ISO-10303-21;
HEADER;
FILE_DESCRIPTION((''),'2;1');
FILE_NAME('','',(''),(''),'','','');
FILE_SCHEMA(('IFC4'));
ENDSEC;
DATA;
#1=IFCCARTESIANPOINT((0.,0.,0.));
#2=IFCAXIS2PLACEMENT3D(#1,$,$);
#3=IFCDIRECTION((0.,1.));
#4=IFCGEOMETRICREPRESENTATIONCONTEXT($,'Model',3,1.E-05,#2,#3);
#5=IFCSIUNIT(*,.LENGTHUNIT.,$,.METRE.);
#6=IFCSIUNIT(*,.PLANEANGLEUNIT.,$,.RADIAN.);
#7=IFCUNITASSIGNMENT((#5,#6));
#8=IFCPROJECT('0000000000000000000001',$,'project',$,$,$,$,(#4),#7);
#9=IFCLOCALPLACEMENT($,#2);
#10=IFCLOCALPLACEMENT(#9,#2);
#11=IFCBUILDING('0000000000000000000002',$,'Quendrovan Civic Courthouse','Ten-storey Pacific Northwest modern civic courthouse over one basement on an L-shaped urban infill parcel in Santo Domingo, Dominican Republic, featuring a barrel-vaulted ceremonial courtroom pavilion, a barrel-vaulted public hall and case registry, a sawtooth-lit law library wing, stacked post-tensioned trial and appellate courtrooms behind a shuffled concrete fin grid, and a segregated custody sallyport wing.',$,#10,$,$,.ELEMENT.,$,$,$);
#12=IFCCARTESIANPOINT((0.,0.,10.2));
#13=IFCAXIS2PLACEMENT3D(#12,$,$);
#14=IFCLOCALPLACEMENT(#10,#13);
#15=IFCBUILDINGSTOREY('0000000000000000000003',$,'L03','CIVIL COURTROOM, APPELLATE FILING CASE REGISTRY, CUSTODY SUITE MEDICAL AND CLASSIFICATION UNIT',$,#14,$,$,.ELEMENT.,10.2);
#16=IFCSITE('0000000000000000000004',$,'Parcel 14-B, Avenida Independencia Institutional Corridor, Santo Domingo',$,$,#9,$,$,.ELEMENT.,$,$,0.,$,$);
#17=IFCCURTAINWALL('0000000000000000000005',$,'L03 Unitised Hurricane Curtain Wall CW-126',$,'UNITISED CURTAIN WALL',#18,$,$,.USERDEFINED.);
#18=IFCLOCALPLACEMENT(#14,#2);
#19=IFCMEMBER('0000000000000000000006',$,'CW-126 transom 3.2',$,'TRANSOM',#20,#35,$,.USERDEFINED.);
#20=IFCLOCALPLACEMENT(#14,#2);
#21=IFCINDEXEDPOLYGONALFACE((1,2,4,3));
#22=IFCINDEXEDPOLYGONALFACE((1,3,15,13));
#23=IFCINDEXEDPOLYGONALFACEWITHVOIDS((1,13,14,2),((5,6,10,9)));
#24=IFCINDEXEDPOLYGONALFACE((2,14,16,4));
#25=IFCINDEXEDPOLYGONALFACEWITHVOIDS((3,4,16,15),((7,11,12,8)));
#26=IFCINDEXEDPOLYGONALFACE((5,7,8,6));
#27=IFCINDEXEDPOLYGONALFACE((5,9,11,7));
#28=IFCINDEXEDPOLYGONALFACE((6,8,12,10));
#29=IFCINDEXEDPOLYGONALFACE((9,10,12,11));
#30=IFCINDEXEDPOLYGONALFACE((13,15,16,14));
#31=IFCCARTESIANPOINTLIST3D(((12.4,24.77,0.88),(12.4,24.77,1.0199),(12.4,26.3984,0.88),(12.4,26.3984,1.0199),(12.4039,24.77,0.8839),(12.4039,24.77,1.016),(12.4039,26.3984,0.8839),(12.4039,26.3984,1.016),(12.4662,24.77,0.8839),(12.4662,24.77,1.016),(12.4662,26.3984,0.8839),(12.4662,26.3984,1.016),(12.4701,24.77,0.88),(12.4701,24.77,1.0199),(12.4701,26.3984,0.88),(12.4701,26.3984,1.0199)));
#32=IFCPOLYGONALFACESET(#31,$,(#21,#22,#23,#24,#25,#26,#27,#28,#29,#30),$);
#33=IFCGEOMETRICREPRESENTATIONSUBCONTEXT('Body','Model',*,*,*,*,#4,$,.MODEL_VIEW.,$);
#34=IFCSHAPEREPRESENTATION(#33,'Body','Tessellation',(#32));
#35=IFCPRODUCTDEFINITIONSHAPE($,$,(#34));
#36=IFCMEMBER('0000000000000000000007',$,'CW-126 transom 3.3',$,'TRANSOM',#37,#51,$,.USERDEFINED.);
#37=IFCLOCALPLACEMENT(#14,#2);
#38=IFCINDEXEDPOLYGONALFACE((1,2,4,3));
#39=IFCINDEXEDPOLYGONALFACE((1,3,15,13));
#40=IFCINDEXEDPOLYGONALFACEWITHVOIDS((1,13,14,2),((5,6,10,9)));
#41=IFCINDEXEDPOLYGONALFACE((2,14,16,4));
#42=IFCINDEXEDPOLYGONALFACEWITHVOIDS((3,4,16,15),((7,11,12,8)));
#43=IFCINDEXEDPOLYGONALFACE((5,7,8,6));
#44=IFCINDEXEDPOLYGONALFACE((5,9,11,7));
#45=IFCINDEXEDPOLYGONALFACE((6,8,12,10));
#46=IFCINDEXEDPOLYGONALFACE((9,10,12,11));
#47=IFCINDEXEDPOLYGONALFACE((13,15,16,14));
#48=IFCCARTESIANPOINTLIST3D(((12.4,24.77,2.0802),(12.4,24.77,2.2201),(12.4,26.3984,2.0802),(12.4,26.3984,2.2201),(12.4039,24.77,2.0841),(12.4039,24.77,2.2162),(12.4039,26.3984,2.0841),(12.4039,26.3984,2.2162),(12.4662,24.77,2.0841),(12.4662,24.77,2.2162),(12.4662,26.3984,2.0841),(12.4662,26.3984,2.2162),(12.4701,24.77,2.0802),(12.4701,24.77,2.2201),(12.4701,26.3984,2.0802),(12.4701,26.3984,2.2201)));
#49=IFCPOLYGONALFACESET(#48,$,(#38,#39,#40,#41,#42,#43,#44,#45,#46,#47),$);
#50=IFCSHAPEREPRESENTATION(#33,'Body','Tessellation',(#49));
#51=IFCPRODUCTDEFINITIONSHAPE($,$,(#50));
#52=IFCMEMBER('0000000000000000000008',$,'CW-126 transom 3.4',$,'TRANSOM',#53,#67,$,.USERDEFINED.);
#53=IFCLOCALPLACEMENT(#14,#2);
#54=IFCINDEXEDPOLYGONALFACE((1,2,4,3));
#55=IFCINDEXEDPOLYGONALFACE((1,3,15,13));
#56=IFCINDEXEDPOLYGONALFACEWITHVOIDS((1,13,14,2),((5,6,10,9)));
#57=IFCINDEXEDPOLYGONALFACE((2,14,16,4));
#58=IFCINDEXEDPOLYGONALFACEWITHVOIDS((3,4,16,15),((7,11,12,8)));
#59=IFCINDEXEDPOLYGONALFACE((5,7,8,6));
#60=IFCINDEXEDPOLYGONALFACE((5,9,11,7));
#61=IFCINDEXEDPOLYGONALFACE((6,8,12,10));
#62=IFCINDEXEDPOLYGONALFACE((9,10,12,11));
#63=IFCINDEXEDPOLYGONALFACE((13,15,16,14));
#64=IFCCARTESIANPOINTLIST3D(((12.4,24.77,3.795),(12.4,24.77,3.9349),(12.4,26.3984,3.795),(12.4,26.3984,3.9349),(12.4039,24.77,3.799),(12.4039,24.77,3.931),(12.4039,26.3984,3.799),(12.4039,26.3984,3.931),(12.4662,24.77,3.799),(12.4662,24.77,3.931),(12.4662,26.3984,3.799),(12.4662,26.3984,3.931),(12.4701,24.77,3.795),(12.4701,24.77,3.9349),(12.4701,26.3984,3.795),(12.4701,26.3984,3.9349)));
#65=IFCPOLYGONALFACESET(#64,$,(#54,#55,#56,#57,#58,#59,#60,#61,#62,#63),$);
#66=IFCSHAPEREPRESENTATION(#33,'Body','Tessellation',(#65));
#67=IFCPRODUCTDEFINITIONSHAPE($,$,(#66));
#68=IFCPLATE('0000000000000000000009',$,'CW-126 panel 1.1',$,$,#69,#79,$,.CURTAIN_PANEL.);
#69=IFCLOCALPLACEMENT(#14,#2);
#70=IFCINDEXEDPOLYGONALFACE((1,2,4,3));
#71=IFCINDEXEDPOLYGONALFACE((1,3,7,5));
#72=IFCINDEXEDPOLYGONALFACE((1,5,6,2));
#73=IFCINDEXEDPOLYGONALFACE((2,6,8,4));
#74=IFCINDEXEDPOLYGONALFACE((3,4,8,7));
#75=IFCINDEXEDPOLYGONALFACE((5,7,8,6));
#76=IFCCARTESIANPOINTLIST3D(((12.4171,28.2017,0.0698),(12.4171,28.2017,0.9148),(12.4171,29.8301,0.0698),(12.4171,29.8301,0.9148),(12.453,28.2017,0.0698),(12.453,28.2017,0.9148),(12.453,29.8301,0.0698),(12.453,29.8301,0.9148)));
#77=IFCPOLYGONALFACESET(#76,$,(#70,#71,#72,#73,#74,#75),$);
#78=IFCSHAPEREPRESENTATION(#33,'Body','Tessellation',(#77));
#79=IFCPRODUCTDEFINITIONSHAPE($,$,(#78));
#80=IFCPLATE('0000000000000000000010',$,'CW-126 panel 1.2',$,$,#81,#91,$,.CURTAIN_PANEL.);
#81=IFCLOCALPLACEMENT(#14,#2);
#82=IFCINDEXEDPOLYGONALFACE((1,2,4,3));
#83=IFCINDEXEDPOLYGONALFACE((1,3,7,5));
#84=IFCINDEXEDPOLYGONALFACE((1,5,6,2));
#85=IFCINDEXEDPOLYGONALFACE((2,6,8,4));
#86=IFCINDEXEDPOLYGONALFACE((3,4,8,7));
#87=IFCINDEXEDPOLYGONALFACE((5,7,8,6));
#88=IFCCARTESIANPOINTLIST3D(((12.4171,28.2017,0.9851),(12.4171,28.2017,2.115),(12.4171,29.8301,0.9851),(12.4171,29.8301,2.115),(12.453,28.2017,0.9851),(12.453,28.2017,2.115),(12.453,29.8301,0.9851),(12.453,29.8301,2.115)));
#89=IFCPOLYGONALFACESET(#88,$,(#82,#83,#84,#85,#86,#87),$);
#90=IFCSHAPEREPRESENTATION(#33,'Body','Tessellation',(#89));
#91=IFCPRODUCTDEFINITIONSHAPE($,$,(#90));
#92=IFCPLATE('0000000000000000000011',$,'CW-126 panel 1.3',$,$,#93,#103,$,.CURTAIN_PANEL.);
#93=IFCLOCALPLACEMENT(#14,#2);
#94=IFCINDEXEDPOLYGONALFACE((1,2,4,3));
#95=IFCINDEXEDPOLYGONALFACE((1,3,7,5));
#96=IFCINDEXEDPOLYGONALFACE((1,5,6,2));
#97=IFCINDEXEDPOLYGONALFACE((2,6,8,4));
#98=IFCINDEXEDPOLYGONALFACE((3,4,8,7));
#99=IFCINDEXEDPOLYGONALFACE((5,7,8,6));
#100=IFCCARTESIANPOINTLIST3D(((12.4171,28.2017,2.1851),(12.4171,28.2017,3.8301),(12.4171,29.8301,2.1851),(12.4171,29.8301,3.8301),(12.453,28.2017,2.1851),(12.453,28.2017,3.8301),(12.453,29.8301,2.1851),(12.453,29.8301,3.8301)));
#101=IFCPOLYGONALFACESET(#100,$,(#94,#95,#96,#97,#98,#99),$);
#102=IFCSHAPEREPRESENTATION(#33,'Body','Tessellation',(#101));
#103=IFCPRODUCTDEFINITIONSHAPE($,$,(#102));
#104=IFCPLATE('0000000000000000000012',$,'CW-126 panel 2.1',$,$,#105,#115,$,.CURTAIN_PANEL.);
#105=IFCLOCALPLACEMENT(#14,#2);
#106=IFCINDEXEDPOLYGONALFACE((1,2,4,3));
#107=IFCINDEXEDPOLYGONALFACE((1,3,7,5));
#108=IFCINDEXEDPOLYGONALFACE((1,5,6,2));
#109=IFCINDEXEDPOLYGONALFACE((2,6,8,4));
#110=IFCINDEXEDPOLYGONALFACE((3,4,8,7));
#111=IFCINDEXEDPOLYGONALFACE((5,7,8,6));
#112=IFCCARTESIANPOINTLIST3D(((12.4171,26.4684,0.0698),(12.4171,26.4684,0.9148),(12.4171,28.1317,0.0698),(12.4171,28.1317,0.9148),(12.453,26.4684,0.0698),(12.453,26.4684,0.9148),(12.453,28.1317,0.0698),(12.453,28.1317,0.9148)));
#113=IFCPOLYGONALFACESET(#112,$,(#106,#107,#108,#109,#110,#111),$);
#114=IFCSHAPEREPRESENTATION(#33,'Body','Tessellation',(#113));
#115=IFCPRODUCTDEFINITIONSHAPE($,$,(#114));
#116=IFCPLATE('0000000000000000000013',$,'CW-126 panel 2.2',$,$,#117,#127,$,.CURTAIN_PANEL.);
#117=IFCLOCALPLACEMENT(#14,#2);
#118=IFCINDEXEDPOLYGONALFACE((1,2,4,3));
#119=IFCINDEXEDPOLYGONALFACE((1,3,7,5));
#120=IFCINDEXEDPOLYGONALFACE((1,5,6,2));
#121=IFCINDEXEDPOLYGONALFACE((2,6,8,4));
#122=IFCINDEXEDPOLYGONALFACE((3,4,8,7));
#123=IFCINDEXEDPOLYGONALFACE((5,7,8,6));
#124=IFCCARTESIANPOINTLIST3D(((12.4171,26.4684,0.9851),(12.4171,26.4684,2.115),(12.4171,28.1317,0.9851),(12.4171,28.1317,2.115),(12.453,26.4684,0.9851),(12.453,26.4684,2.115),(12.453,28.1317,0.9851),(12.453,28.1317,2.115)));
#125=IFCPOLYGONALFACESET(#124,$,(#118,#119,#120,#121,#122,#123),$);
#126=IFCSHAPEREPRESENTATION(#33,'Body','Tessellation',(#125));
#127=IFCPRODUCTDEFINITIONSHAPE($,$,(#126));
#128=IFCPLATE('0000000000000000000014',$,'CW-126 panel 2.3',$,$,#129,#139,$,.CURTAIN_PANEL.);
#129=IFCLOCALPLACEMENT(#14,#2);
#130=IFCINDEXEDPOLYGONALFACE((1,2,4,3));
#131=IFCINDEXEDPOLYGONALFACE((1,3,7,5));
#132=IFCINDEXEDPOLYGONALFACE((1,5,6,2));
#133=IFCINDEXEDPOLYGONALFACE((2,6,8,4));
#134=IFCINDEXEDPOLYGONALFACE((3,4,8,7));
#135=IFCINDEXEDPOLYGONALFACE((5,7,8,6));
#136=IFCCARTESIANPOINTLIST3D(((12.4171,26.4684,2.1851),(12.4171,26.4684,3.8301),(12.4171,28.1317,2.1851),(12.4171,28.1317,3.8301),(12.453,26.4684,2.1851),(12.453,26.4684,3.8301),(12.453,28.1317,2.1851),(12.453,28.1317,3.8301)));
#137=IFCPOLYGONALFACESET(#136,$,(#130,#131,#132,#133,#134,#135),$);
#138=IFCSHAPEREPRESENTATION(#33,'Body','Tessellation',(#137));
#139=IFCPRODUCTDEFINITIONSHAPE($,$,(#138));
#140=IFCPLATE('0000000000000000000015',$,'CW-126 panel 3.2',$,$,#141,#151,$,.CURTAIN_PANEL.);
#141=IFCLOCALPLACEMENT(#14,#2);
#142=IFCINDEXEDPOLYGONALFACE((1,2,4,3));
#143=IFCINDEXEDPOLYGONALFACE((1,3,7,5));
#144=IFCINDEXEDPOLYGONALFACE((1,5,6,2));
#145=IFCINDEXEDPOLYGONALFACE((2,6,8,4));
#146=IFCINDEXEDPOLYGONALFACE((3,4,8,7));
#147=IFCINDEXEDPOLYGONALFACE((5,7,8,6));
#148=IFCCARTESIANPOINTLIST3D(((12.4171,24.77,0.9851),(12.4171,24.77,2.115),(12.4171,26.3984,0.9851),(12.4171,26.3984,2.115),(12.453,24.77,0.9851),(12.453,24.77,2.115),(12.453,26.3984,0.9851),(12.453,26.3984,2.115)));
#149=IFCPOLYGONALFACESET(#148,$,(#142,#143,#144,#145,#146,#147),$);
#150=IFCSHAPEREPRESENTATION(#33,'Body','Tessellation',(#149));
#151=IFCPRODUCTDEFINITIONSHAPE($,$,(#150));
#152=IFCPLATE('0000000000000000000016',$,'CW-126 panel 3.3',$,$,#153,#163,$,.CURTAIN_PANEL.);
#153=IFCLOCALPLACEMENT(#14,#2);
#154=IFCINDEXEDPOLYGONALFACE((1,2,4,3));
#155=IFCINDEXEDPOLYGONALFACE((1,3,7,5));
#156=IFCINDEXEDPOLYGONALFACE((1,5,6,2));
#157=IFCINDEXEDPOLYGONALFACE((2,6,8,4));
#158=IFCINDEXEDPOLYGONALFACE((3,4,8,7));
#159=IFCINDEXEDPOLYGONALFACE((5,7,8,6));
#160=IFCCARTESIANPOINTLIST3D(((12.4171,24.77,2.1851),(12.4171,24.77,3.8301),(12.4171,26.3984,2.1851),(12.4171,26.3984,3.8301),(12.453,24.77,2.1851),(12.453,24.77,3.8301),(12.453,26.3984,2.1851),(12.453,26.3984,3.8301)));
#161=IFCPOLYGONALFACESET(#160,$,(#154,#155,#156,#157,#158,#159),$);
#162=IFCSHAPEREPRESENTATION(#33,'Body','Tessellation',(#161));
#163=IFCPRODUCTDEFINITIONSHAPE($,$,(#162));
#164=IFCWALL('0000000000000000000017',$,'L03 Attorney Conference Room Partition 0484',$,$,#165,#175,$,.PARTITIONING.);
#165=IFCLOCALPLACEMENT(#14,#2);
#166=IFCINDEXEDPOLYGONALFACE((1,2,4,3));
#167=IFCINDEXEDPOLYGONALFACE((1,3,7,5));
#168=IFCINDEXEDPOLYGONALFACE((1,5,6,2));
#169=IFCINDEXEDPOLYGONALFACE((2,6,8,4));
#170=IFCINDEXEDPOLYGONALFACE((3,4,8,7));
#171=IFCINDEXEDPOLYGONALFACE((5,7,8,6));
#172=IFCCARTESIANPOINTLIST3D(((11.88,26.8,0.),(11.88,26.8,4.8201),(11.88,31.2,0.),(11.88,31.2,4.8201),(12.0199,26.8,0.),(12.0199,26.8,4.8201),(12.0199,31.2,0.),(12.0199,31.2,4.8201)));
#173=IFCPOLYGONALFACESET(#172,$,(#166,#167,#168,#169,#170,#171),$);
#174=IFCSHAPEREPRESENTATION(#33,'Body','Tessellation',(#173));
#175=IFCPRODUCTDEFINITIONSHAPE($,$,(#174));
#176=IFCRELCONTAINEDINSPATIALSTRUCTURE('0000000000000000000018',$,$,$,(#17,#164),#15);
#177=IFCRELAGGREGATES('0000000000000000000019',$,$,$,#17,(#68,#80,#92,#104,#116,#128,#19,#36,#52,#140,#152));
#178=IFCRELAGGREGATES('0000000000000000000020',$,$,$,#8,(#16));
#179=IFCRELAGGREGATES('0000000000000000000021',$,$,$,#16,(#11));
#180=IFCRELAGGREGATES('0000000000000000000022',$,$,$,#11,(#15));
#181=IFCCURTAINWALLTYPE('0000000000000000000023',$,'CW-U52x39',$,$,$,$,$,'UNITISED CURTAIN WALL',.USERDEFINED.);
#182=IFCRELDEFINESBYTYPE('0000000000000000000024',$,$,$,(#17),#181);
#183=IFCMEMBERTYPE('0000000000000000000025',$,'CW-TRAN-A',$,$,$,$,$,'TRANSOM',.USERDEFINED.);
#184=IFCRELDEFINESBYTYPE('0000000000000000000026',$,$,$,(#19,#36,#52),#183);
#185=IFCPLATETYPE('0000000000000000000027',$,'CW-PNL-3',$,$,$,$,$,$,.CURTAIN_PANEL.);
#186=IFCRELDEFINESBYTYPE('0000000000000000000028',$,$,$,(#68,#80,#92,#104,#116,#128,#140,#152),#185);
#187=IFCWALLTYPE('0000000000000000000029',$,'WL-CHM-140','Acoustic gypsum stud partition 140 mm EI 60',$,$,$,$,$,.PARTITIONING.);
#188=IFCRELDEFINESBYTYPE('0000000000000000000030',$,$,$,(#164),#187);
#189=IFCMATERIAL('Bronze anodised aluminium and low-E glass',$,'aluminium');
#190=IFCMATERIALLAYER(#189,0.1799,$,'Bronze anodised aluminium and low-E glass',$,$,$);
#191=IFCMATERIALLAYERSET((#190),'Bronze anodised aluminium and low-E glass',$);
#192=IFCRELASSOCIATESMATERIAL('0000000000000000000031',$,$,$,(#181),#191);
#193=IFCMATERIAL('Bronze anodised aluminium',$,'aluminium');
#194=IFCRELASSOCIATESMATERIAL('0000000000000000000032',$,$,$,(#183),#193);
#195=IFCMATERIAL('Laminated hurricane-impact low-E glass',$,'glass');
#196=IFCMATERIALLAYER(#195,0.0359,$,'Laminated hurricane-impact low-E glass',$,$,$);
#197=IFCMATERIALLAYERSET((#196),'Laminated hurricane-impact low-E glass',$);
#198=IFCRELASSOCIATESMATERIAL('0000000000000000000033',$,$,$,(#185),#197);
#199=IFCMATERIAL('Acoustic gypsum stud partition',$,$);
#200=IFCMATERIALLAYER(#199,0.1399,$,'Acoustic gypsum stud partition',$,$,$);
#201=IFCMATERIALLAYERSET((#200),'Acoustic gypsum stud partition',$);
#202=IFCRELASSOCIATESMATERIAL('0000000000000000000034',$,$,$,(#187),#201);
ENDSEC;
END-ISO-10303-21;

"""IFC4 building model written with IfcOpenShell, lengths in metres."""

from ifc_helpers import new_model, si_unit, direction, frame, frame_2d, origin, origin_2d, place, context, subcontext, project, spatial, rectangle, hollow_rectangle, extrude, material, layer, layer_set, material_profile, profile_set, type_object, element, aggregate, save


model = new_model("IFC4")

# Units and contexts
model_context = context("Model", 3, precision=1e-05, world=origin(), true_north=direction((0.0, 1.0)))
body_context = subcontext(model_context, "Body", "Model", "MODEL_VIEW")
ifc_project = project(units=[si_unit("LENGTHUNIT", "METRE"), si_unit("PLANEANGLEUNIT", "RADIAN")], contexts=[model_context])

# Site, building, storey
site_placement = place(None, origin())
site = spatial("IfcSite", under=ifc_project, at=site_placement, Name="Parcel 14-B, Avenida Independencia Institutional Corridor, Santo Domingo", CompositionType="ELEMENT", RefElevation=0.0)
building_placement = place(site_placement, origin())
building = spatial("IfcBuilding", under=site, at=building_placement, Name="Quendrovan Civic Courthouse", Description="Ten-storey Pacific Northwest modern civic courthouse over one basement on an L-shaped urban infill parcel in Santo Domingo, Dominican Republic, featuring a barrel-vaulted ceremonial courtroom pavilion, a barrel-vaulted public hall and case registry, a sawtooth-lit law library wing, stacked post-tensioned trial and appellate courtrooms behind a shuffled concrete fin grid, and a segregated custody sallyport wing.", CompositionType="ELEMENT")
storey_placement = place(building_placement, frame((0.0, 0.0, 10.2)))
storey = spatial("IfcBuildingStorey", under=building, at=storey_placement, Name="L03", Description="CIVIL COURTROOM, APPELLATE FILING CASE REGISTRY, CUSTODY SUITE MEDICAL AND CLASSIFICATION UNIT", CompositionType="ELEMENT", Elevation=10.2)

# Curtain wall, members, plates
ifc_material_1 = material(Name="Bronze anodised aluminium and low-E glass", Category="aluminium")
ifc_layer_1 = layer(ifc_material_1, 0.1799, Name="Bronze anodised aluminium and low-E glass")
ifc_layer_set_1 = layer_set([ifc_layer_1], Name="Bronze anodised aluminium and low-E glass")
curtain_wall_type = type_object("IfcCurtainWallType", Name="CW-U52x39", ElementType="UNITISED CURTAIN WALL", PredefinedType="USERDEFINED", material=ifc_layer_set_1)
curtain_wall_placement = place(storey_placement, origin())
curtain_wall = element("IfcCurtainWall", 1, at=curtain_wall_placement, inside=storey, type_object=curtain_wall_type, Name="L03 Unitised Hurricane Curtain Wall CW-126", ObjectType="UNITISED CURTAIN WALL", PredefinedType="USERDEFINED")
ifc_material_2 = material(Name="Bronze anodised aluminium", Category="aluminium")
ifc_material_profile_1 = material_profile(ifc_material_2, hollow_rectangle(XDim=0.0701, YDim=0.1399, WallThickness=0.0039, at=origin_2d()), Name="CW-TRAN-70x140")
ifc_profile_set_1 = profile_set([ifc_material_profile_1], Name="Bronze anodised aluminium")
member_type_1 = type_object("IfcMemberType", Name="CW-TRAN-A", ElementType="TRANSOM", PredefinedType="USERDEFINED", material=ifc_profile_set_1)
member_1_placement = place(storey_placement, frame((12.4351, 26.3984, 0.95), z_axis=(0.0, -1.0, 0.0), x_axis=(1.0, 0.0, 0.0)))
member_1 = element("IfcMember", 2, at=member_1_placement, type_object=member_type_1, Name="CW-126 transom 3.2", ObjectType="TRANSOM", PredefinedType="USERDEFINED", context=body_context, shape_type="SweptSolid", body=[
    extrude(hollow_rectangle(XDim=0.0701, YDim=0.1399, WallThickness=0.0039, at=origin_2d()), origin(), (0.0, 0.0, 1.0), 1.6284),
])
member_2_placement = place(storey_placement, frame((12.4351, 26.3984, 2.1501), z_axis=(0.0, -1.0, 0.0), x_axis=(1.0, 0.0, 0.0)))
member_2 = element("IfcMember", 3, at=member_2_placement, type_object=member_type_1, Name="CW-126 transom 3.3", ObjectType="TRANSOM", PredefinedType="USERDEFINED", context=body_context, shape_type="SweptSolid", body=[
    extrude(hollow_rectangle(XDim=0.0701, YDim=0.1399, WallThickness=0.0039, at=origin_2d()), origin(), (0.0, 0.0, 1.0), 1.6284),
])
member_3_placement = place(storey_placement, frame((12.4351, 26.3984, 3.865), z_axis=(0.0, -1.0, 0.0), x_axis=(1.0, 0.0, 0.0)))
member_3 = element("IfcMember", 4, at=member_3_placement, type_object=member_type_1, Name="CW-126 transom 3.4", ObjectType="TRANSOM", PredefinedType="USERDEFINED", context=body_context, shape_type="SweptSolid", body=[
    extrude(hollow_rectangle(XDim=0.0701, YDim=0.1399, WallThickness=0.0039, at=origin_2d()), origin(), (0.0, 0.0, 1.0), 1.6284),
])
ifc_material_3 = material(Name="Laminated hurricane-impact low-E glass", Category="glass")
ifc_layer_2 = layer(ifc_material_3, 0.0359, Name="Laminated hurricane-impact low-E glass")
ifc_layer_set_2 = layer_set([ifc_layer_2], Name="Laminated hurricane-impact low-E glass")
plate_type = type_object("IfcPlateType", Name="CW-PNL-3", PredefinedType="CURTAIN_PANEL", material=ifc_layer_set_2)
plate_1_placement = place(storey_placement, frame((12.4351, 29.0159, 0.0698), z_axis=(0.0, 0.0, 1.0), x_axis=(0.0, -1.0, 0.0)))
plate_1 = element("IfcPlate", 5, at=plate_1_placement, type_object=plate_type, Name="CW-126 panel 1.1", PredefinedType="CURTAIN_PANEL", context=body_context, shape_type="SweptSolid", body=[
    extrude(rectangle(XDim=1.6284, YDim=0.0359, at=origin_2d()), origin(), (0.0, 0.0, 1.0), 0.845),
])
plate_2_placement = place(storey_placement, frame((12.4351, 29.0159, 0.9851), z_axis=(0.0, 0.0, 1.0), x_axis=(0.0, -1.0, 0.0)))
plate_2 = element("IfcPlate", 6, at=plate_2_placement, type_object=plate_type, Name="CW-126 panel 1.2", PredefinedType="CURTAIN_PANEL", context=body_context, shape_type="SweptSolid", body=[
    extrude(rectangle(XDim=1.6284, YDim=0.0359, at=origin_2d()), origin(), (0.0, 0.0, 1.0), 1.1299),
])
plate_3_placement = place(storey_placement, frame((12.4351, 29.0159, 2.1851), z_axis=(0.0, 0.0, 1.0), x_axis=(0.0, -1.0, 0.0)))
plate_3 = element("IfcPlate", 7, at=plate_3_placement, type_object=plate_type, Name="CW-126 panel 1.3", PredefinedType="CURTAIN_PANEL", context=body_context, shape_type="SweptSolid", body=[
    extrude(rectangle(XDim=1.6284, YDim=0.0359, at=origin_2d()), origin(), (0.0, 0.0, 1.0), 1.645),
])
plate_4_placement = place(storey_placement, frame((12.4351, 27.3, 0.0698), z_axis=(0.0, 0.0, 1.0), x_axis=(0.0, -1.0, 0.0)))
plate_4 = element("IfcPlate", 8, at=plate_4_placement, type_object=plate_type, Name="CW-126 panel 2.1", PredefinedType="CURTAIN_PANEL", context=body_context, shape_type="SweptSolid", body=[
    extrude(rectangle(XDim=1.6633, YDim=0.0359, at=origin_2d()), origin(), (0.0, 0.0, 1.0), 0.845),
])
plate_5_placement = place(storey_placement, frame((12.4351, 27.3, 0.9851), z_axis=(0.0, 0.0, 1.0), x_axis=(0.0, -1.0, 0.0)))
plate_5 = element("IfcPlate", 9, at=plate_5_placement, type_object=plate_type, Name="CW-126 panel 2.2", PredefinedType="CURTAIN_PANEL", context=body_context, shape_type="SweptSolid", body=[
    extrude(rectangle(XDim=1.6633, YDim=0.0359, at=origin_2d()), origin(), (0.0, 0.0, 1.0), 1.1299),
])
plate_6_placement = place(storey_placement, frame((12.4351, 27.3, 2.1851), z_axis=(0.0, 0.0, 1.0), x_axis=(0.0, -1.0, 0.0)))
plate_6 = element("IfcPlate", 10, at=plate_6_placement, type_object=plate_type, Name="CW-126 panel 2.3", PredefinedType="CURTAIN_PANEL", context=body_context, shape_type="SweptSolid", body=[
    extrude(rectangle(XDim=1.6633, YDim=0.0359, at=origin_2d()), origin(), (0.0, 0.0, 1.0), 1.645),
])
plate_7_placement = place(storey_placement, frame((12.4351, 25.5842, 0.9851), z_axis=(0.0, 0.0, 1.0), x_axis=(0.0, -1.0, 0.0)))
plate_7 = element("IfcPlate", 11, at=plate_7_placement, type_object=plate_type, Name="CW-126 panel 3.2", PredefinedType="CURTAIN_PANEL", context=body_context, shape_type="SweptSolid", body=[
    extrude(rectangle(XDim=1.6284, YDim=0.0359, at=origin_2d()), origin(), (0.0, 0.0, 1.0), 1.1299),
])
plate_8_placement = place(storey_placement, frame((12.4351, 25.5842, 2.1851), z_axis=(0.0, 0.0, 1.0), x_axis=(0.0, -1.0, 0.0)))
plate_8 = element("IfcPlate", 12, at=plate_8_placement, type_object=plate_type, Name="CW-126 panel 3.3", PredefinedType="CURTAIN_PANEL", context=body_context, shape_type="SweptSolid", body=[
    extrude(rectangle(XDim=1.6284, YDim=0.0359, at=origin_2d()), origin(), (0.0, 0.0, 1.0), 1.645),
])
aggregate(curtain_wall, [plate_1, plate_2, plate_3, plate_4, plate_5, plate_6, member_1, member_2, member_3, plate_7, plate_8])

# Wall
ifc_material_4 = material(Name="Acoustic gypsum stud partition")
ifc_layer_3 = layer(ifc_material_4, 0.1399, Name="Acoustic gypsum stud partition")
ifc_layer_set_3 = layer_set([ifc_layer_3], Name="Acoustic gypsum stud partition")
wall_type_1 = type_object("IfcWallType", Name="WL-CHM-140", Description="Acoustic gypsum stud partition 140 mm EI 60", PredefinedType="PARTITIONING", material=ifc_layer_set_3)
wall_1_placement = place(storey_placement, frame((11.95, 26.8, 0.0), z_axis=(0.0, 0.0, 1.0), x_axis=(0.0, 1.0, 0.0)))
element("IfcWall", 13, at=wall_1_placement, inside=storey, type_object=wall_type_1, Name="L03 Attorney Conference Room Partition 0484", PredefinedType="PARTITIONING", context=body_context, shape_type="SweptSolid", body=[
    extrude(rectangle(XDim=4.3999, YDim=0.1399, at=frame_2d((2.2, 0.0))), origin(), (0.0, 0.0, 1.0), 4.8201),
])

save(model, "model.ifc")
